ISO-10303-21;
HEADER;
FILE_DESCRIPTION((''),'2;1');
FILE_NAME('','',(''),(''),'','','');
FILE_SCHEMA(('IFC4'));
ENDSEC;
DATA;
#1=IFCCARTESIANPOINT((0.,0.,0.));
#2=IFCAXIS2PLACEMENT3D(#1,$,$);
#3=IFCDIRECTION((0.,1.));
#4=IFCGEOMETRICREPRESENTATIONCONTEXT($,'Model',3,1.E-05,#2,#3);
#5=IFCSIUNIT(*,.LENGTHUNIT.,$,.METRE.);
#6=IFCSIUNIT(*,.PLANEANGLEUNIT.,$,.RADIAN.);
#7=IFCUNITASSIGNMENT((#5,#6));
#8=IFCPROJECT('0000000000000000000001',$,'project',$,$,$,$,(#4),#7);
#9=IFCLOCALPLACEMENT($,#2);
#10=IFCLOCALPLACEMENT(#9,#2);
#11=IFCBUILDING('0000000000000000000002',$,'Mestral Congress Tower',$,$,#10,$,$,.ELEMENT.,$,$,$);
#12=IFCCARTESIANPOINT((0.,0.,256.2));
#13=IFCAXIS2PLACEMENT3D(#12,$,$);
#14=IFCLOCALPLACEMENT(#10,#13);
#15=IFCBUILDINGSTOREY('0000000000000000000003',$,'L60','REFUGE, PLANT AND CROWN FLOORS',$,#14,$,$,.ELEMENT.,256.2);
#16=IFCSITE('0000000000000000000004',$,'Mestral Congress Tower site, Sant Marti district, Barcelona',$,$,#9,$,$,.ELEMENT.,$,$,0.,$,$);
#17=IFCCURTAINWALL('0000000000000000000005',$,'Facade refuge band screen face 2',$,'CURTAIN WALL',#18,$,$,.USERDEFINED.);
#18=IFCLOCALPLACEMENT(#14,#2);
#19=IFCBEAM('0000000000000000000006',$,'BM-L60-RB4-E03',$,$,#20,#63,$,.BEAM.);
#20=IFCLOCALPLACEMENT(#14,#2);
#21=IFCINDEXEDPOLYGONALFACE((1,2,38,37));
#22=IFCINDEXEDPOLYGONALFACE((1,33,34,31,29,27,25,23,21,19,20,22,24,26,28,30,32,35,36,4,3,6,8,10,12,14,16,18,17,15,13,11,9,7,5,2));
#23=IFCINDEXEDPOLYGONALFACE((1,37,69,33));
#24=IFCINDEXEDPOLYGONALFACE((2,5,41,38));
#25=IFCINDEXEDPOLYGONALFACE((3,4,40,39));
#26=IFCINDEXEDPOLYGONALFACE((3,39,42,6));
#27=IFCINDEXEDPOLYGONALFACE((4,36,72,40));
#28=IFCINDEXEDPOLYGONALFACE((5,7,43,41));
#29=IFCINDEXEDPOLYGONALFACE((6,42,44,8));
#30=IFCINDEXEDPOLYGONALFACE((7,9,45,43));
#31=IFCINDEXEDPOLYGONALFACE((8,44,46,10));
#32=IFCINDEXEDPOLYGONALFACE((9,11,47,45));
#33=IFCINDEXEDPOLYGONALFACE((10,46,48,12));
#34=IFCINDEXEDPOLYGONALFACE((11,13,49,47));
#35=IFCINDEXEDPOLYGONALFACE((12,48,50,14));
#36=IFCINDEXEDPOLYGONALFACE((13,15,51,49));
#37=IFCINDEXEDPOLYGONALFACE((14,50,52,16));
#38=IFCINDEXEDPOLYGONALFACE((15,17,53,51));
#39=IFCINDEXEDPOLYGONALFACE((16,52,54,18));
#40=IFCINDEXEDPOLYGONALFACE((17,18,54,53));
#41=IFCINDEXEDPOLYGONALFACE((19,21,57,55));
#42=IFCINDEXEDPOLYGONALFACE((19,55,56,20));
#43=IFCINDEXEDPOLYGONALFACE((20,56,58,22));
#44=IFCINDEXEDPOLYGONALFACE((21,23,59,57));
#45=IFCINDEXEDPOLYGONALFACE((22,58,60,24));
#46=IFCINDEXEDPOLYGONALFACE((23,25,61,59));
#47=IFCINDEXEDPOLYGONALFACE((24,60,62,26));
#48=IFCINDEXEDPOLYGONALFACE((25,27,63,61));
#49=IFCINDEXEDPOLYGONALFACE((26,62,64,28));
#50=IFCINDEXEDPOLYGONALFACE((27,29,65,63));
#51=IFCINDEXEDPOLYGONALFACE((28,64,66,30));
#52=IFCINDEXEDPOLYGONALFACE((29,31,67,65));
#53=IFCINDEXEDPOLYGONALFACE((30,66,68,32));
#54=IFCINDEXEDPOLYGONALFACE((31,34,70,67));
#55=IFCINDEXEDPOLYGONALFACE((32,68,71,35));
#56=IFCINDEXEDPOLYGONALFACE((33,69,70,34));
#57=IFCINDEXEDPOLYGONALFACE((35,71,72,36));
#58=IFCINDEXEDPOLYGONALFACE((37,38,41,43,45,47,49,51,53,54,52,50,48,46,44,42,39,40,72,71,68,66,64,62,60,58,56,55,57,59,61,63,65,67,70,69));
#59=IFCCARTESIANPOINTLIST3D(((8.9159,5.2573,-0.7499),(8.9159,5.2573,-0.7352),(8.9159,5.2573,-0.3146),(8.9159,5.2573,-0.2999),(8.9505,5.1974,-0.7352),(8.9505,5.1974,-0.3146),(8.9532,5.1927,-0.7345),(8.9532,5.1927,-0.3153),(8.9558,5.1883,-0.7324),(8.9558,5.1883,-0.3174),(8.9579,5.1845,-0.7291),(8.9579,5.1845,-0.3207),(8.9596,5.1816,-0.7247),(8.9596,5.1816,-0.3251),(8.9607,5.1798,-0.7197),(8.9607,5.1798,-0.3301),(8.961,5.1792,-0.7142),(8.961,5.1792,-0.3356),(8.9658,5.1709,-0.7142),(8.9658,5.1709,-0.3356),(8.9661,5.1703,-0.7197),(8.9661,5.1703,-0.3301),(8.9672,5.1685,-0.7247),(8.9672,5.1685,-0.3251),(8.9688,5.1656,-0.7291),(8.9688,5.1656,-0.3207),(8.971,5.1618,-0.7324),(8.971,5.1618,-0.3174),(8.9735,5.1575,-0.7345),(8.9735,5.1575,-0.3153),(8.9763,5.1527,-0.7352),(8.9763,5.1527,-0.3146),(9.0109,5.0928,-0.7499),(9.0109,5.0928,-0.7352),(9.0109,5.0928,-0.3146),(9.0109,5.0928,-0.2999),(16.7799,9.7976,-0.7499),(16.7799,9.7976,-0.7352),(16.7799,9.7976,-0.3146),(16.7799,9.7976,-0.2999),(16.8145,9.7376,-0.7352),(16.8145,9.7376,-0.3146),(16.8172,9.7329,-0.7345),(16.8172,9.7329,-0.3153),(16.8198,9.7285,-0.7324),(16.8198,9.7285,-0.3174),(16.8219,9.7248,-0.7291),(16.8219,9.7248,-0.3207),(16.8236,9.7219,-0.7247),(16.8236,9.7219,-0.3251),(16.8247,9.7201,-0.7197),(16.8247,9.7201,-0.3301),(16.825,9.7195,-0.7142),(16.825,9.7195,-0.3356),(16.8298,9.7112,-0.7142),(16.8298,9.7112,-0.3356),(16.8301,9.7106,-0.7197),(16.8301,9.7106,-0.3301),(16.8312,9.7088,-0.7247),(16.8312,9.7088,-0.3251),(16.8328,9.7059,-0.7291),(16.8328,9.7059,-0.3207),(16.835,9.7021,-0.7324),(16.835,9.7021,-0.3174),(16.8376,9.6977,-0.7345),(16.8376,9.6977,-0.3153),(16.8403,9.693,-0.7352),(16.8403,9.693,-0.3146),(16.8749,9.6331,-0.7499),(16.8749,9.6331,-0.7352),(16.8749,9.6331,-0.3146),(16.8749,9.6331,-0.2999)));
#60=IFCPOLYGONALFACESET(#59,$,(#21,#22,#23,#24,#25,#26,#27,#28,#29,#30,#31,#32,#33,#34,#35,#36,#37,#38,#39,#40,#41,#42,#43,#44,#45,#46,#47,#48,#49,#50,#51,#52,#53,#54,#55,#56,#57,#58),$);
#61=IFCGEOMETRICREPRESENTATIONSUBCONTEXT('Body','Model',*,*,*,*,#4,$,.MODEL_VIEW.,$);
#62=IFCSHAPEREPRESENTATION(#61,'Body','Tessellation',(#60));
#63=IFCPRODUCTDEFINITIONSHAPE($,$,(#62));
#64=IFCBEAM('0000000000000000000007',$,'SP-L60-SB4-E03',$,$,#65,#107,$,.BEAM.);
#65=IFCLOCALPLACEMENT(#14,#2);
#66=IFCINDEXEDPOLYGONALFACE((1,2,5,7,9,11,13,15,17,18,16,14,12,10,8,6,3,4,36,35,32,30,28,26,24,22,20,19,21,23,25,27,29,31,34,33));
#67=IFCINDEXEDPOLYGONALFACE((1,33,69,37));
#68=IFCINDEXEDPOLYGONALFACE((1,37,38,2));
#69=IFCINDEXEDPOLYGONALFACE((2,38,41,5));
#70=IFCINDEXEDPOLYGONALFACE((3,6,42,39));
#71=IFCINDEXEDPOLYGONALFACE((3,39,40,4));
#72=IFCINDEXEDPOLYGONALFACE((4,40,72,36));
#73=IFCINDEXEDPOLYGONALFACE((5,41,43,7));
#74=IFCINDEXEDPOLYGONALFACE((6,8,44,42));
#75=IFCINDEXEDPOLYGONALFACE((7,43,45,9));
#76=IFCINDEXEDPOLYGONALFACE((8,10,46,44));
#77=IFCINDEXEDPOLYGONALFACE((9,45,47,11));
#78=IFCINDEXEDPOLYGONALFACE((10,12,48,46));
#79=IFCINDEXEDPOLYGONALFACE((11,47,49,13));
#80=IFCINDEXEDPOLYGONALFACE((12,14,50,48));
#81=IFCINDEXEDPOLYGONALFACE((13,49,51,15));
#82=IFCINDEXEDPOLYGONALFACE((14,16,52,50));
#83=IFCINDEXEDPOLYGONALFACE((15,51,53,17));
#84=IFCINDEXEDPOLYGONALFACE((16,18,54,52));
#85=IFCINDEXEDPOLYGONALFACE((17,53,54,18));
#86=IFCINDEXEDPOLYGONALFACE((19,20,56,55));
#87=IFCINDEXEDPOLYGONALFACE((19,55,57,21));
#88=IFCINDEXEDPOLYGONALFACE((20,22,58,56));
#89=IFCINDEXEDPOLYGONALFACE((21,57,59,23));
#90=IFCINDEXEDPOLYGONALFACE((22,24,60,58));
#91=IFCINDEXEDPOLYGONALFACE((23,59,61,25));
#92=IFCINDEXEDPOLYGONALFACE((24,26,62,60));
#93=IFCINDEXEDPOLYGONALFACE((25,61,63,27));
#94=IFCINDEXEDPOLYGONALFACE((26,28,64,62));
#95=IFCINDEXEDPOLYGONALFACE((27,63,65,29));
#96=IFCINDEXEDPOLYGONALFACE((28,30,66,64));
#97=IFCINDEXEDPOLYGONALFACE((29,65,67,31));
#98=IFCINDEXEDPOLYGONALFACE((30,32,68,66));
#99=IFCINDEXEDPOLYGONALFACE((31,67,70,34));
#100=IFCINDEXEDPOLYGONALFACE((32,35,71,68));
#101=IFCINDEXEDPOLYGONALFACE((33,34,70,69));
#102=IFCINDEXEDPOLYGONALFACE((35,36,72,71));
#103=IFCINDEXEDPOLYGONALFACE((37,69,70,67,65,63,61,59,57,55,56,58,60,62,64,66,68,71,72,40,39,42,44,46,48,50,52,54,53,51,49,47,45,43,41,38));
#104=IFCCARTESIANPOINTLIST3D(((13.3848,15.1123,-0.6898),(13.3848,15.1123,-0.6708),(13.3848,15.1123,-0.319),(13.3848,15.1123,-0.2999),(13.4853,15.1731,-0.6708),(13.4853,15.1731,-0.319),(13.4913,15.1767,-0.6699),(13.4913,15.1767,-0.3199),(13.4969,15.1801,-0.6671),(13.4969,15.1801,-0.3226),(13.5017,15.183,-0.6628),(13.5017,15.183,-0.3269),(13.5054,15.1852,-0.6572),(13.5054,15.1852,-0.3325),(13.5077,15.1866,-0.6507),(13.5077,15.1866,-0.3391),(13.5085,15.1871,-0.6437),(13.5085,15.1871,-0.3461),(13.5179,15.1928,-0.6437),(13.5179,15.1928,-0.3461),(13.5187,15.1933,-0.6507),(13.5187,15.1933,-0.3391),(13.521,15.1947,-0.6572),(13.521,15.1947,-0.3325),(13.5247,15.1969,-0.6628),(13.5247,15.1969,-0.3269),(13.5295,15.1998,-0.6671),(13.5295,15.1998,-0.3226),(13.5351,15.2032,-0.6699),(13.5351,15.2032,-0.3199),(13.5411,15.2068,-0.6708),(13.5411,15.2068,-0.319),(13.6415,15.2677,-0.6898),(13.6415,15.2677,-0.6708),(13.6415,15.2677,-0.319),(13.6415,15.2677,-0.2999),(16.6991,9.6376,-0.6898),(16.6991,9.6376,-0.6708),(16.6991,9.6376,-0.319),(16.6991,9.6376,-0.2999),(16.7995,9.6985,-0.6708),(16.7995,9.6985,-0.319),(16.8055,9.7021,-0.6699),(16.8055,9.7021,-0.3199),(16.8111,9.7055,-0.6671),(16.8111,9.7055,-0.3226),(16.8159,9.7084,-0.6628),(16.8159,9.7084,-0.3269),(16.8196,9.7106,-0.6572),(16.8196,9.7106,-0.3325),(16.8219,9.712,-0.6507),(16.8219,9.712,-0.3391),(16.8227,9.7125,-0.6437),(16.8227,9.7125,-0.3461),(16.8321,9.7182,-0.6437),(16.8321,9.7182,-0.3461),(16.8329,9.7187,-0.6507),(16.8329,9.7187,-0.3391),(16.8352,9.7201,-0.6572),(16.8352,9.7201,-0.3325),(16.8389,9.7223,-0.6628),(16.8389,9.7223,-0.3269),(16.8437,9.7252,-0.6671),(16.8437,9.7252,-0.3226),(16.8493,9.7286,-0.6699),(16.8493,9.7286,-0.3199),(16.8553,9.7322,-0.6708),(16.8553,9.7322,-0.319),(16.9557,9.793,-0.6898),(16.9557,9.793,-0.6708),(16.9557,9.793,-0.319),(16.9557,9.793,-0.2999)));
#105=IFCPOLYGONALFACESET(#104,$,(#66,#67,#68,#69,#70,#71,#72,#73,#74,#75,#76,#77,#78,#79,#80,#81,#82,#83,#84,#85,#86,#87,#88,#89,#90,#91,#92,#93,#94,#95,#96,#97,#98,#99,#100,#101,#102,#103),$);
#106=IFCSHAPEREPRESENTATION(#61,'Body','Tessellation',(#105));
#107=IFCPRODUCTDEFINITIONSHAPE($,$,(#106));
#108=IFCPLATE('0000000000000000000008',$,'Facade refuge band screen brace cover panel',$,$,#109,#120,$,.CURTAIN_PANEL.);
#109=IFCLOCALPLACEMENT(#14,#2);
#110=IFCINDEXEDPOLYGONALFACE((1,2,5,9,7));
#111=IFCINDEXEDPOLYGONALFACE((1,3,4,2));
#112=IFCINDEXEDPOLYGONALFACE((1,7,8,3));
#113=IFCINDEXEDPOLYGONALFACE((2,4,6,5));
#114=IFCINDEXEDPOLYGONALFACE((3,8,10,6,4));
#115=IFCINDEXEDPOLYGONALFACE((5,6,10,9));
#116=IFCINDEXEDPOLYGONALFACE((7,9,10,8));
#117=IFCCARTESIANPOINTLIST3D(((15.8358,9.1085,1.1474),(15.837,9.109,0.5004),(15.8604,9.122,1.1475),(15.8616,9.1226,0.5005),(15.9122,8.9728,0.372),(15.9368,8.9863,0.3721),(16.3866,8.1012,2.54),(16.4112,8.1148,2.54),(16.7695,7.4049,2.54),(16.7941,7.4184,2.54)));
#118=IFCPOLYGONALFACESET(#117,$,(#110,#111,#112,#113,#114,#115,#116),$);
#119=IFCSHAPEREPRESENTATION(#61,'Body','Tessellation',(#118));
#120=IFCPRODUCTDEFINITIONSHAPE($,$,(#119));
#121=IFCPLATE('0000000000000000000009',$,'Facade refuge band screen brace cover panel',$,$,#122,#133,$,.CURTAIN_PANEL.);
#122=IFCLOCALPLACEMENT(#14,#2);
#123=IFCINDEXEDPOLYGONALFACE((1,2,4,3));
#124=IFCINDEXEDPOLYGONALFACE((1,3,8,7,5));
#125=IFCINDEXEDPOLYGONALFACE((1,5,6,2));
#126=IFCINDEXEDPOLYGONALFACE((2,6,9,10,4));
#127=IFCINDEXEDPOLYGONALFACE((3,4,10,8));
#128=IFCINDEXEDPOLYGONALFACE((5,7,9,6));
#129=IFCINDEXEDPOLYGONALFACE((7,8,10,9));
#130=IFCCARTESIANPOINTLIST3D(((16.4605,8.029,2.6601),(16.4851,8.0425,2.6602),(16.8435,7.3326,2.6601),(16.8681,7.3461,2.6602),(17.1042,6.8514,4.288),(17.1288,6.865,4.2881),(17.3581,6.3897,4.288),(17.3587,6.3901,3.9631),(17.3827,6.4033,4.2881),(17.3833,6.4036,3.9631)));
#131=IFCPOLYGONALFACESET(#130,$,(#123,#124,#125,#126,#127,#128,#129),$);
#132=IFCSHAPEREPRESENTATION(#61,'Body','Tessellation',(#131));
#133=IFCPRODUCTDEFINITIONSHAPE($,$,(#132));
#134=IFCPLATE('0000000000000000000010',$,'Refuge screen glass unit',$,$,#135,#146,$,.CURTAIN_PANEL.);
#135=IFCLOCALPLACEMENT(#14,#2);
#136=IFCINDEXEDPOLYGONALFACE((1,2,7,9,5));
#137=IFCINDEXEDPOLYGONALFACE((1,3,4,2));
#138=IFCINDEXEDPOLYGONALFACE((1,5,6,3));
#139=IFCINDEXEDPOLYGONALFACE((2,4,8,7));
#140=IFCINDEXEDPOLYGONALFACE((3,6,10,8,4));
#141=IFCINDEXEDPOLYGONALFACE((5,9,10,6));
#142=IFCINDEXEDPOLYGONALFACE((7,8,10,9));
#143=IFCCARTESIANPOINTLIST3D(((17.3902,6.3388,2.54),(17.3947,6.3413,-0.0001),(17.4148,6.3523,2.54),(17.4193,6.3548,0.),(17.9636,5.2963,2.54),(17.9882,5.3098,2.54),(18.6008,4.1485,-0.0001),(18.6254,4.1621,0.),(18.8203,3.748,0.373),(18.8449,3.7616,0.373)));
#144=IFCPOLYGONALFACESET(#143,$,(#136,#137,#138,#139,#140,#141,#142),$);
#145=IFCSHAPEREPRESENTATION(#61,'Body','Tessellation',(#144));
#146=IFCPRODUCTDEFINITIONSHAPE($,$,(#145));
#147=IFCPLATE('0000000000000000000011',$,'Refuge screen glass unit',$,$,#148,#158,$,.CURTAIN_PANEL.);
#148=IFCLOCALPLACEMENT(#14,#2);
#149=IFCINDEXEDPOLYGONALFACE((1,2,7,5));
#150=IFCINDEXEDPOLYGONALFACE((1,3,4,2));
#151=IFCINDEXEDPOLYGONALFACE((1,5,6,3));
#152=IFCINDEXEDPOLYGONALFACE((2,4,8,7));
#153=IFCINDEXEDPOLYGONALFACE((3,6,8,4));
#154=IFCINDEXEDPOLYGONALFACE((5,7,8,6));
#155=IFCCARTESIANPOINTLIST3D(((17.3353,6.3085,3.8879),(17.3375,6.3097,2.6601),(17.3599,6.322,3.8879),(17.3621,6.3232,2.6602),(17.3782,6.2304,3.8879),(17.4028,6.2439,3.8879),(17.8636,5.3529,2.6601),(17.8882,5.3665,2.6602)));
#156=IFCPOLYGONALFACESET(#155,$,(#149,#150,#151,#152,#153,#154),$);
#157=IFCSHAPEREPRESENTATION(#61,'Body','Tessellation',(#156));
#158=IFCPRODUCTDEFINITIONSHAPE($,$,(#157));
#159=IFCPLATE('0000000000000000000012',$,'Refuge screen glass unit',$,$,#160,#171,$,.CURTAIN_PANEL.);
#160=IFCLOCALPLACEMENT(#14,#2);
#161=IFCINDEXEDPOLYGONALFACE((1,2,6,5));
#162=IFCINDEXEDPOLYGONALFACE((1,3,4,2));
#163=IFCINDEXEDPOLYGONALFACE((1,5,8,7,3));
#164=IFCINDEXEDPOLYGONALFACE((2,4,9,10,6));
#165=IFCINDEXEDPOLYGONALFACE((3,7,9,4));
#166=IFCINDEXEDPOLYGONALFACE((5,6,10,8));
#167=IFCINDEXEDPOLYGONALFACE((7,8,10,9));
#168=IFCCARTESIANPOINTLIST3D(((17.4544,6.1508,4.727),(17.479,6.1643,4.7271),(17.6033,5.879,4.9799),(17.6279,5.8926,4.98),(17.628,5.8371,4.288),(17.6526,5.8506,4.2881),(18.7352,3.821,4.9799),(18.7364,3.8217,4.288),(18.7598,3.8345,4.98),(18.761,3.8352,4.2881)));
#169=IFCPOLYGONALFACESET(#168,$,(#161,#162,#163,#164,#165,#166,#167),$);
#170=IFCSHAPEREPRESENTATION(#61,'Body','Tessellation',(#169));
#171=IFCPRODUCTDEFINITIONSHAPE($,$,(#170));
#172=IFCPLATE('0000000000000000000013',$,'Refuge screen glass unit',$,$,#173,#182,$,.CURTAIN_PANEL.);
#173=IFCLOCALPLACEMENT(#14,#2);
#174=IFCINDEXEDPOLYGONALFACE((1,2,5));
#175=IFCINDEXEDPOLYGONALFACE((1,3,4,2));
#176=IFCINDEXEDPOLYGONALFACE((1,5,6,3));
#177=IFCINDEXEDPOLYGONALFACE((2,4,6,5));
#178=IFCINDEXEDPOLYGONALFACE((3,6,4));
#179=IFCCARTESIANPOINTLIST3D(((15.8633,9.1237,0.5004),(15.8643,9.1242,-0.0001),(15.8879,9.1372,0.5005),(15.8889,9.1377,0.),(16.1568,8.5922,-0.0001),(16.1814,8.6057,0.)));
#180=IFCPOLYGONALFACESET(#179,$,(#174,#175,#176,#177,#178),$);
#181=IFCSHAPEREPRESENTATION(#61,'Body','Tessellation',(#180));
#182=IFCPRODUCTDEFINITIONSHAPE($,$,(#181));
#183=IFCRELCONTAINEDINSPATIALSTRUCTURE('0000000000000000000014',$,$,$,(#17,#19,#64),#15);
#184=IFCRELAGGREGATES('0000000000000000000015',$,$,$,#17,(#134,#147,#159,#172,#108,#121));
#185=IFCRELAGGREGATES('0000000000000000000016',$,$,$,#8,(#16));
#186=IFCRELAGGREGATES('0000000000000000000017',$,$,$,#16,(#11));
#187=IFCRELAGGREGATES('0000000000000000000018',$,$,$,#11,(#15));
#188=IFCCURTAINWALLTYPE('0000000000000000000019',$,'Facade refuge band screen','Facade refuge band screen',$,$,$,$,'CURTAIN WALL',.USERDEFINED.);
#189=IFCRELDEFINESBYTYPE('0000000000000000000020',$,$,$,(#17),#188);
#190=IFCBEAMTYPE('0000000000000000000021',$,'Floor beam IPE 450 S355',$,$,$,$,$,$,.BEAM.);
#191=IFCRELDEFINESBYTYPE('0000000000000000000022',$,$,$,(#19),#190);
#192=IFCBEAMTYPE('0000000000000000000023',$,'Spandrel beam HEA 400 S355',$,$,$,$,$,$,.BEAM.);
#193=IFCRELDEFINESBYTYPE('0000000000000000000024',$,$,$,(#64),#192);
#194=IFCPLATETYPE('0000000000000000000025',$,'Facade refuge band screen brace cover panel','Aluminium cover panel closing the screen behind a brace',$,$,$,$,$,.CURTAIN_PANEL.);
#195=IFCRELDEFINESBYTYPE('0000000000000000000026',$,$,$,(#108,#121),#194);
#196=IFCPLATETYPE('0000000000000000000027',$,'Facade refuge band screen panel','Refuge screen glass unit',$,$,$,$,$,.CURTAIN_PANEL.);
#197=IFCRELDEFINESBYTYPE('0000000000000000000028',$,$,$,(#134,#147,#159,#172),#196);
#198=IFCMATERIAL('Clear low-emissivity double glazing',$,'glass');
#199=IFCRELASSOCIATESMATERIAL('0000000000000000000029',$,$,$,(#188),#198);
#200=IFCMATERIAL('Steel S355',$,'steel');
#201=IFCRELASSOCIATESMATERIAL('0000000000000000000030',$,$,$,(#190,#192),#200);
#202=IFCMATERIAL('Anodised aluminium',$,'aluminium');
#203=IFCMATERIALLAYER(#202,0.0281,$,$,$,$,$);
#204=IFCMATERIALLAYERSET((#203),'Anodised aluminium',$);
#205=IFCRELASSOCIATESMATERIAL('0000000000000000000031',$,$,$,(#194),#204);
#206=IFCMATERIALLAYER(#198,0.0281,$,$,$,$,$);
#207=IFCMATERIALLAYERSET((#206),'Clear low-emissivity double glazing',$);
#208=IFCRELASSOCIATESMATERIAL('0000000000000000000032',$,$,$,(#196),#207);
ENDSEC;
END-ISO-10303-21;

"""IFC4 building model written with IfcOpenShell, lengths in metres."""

from ifc_helpers import new_model, si_unit, direction, frame, origin, origin_2d, place, context, subcontext, project, spatial, polyline, i_section, outline, extrude, material, layer, layer_set, material_profile, profile_set, type_object, element, aggregate, save


model = new_model("IFC4")

# Units and contexts
model_context = context("Model", 3, precision=1e-05, world=origin(), true_north=direction((0.0, 1.0)))
body_context = subcontext(model_context, "Body", "Model", "MODEL_VIEW")
ifc_project = project(units=[si_unit("LENGTHUNIT", "METRE"), si_unit("PLANEANGLEUNIT", "RADIAN")], contexts=[model_context])

# Site, building, storey
site_placement = place(None, origin())
site = spatial("IfcSite", under=ifc_project, at=site_placement, Name="Mestral Congress Tower site, Sant Marti district, Barcelona", CompositionType="ELEMENT", RefElevation=0.0)
building_placement = place(site_placement, origin())
building = spatial("IfcBuilding", under=site, at=building_placement, Name="Mestral Congress Tower", CompositionType="ELEMENT")
storey_placement = place(building_placement, frame((0.0, 0.0, 256.2)))
storey = spatial("IfcBuildingStorey", under=building, at=storey_placement, Name="L60", Description="REFUGE, PLANT AND CROWN FLOORS", CompositionType="ELEMENT", Elevation=256.2)

# Shared definitions
ifc_material_1 = material(Name="Steel S355", Category="steel")

# Curtain wall
ifc_material_2 = material(Name="Clear low-emissivity double glazing", Category="glass")
curtain_wall_type = type_object("IfcCurtainWallType", Name="Facade refuge band screen", Description="Facade refuge band screen", ElementType="CURTAIN WALL", PredefinedType="USERDEFINED", material=ifc_material_2)
curtain_wall_placement = place(storey_placement, origin())
curtain_wall = element("IfcCurtainWall", 1, at=curtain_wall_placement, inside=storey, type_object=curtain_wall_type, Name="Facade refuge band screen face 2", ObjectType="CURTAIN WALL", PredefinedType="USERDEFINED")
ifc_material_3 = material(Name="Anodised aluminium", Category="aluminium")

# Beams
ifc_material_profile_1 = material_profile(ifc_material_1, i_section(OverallWidth=0.1899, OverallDepth=0.45, WebThickness=0.0095, FlangeThickness=0.0146, FilletRadius=0.021, at=origin_2d()), Name="IPE 450")
ifc_profile_set_1 = profile_set([ifc_material_profile_1], Name="Steel S355")
beam_type_1 = type_object("IfcBeamType", Name="Floor beam IPE 450 S355", PredefinedType="BEAM", material=ifc_profile_set_1)
beam_1_placement = place(storey_placement, frame((16.8274, 9.7153, -0.5249), z_axis=(-0.866026, -0.499999, 0.0), x_axis=(0.499999, -0.866026, 0.0)))
element("IfcBeam", 2, at=beam_1_placement, inside=storey, type_object=beam_type_1, Name="BM-L60-RB4-E03", PredefinedType="BEAM", context=body_context, shape_type="SweptSolid", body=[
    extrude(i_section(OverallWidth=0.1899, OverallDepth=0.45, WebThickness=0.0095, FlangeThickness=0.0146, FilletRadius=0.021, at=origin_2d()), origin(), (0.0, 0.0, 1.0), 9.0806),
])
ifc_material_profile_2 = material_profile(ifc_material_1, i_section(OverallWidth=0.3, OverallDepth=0.3899, WebThickness=0.011, FlangeThickness=0.019, FilletRadius=0.0271, at=origin_2d()), Name="HEA 400")
ifc_profile_set_2 = profile_set([ifc_material_profile_2], Name="Steel S355")
beam_type_2 = type_object("IfcBeamType", Name="Spandrel beam HEA 400 S355", PredefinedType="BEAM", material=ifc_profile_set_2)
beam_2_placement = place(storey_placement, frame((16.8274, 9.7153, -0.4949), z_axis=(-0.517875, 0.855456, 0.0), x_axis=(-0.855456, -0.517875, 0.0)))
element("IfcBeam", 3, at=beam_2_placement, inside=storey, type_object=beam_type_2, Name="SP-L60-SB4-E03", PredefinedType="BEAM", context=body_context, shape_type="SweptSolid", body=[
    extrude(i_section(OverallWidth=0.3, OverallDepth=0.3899, WebThickness=0.011, FlangeThickness=0.019, FilletRadius=0.0271, at=origin_2d()), origin(), (0.0, 0.0, 1.0), 6.3997),
])

# Plates
ifc_layer_1 = layer(ifc_material_3, 0.0281)
ifc_layer_set_1 = layer_set([ifc_layer_1], Name="Anodised aluminium")
plate_type_1 = type_object("IfcPlateType", Name="Facade refuge band screen brace cover panel", Description="Aluminium cover panel closing the screen behind a brace", PredefinedType="CURTAIN_PANEL", material=ifc_layer_set_1)
plate_1_placement = place(storey_placement, frame((15.8616, 9.1226, 0.5005), z_axis=(0.876268, 0.48182, 0.001958), x_axis=(0.372705, -0.675237, -0.636511)))
plate_1 = element("IfcPlate", 4, at=plate_1_placement, type_object=plate_type_1, Name="Facade refuge band screen brace cover panel", PredefinedType="CURTAIN_PANEL", context=body_context, shape_type="SweptSolid", body=[
    extrude(outline(polyline([(0.0, 0.0), (0.2018, 0.0), (0.2001, -2.8095), (-0.4129, -2.3037), (-0.4118, -0.499), (0.0, 0.0)])), origin(), (0.0, 0.0, -1.0), 0.0281),
])
plate_2_placement = place(storey_placement, frame((16.4851, 8.0425, 2.6602), z_axis=(0.876235, 0.481879, 0.002065), x_axis=(0.48188, -0.876237, 0.0)))
plate_2 = element("IfcPlate", 5, at=plate_2_placement, type_object=plate_type_1, Name="Facade refuge band screen brace cover panel", PredefinedType="CURTAIN_PANEL", context=body_context, shape_type="SweptSolid", body=[
    extrude(outline(polyline([(0.0, 0.0), (0.7947, 0.0), (1.8689, -1.303), (1.8689, -1.6279), (1.342, -1.6279), (0.0, 0.0)])), origin(), (0.0, 0.0, -1.0), 0.0281),
])
ifc_layer_2 = layer(ifc_material_2, 0.0281)
ifc_layer_set_2 = layer_set([ifc_layer_2], Name="Clear low-emissivity double glazing")
plate_type_2 = type_object("IfcPlateType", Name="Facade refuge band screen panel", Description="Refuge screen glass unit", PredefinedType="CURTAIN_PANEL", material=ifc_layer_set_2)
plate_3_placement = place(storey_placement, frame((17.4148, 6.3523, 2.54), z_axis=(0.876191, 0.481961, 0.002025), x_axis=(0.00177, 0.000983, -0.999998)))
plate_3 = element("IfcPlate", 6, at=plate_3_placement, type_object=plate_type_2, Name="Refuge screen glass unit", PredefinedType="CURTAIN_PANEL", context=body_context, shape_type="SweptSolid", body=[
    extrude(outline(polyline([(0.0, 0.0), (2.54, 0.0), (2.54, -2.5026), (2.167, -2.9592), (0.0, -1.1898), (0.0, 0.0)])), origin(), (0.0, 0.0, -1.0), 0.0281),
])
plate_4_placement = place(storey_placement, frame((17.4028, 6.2439, 3.8879), z_axis=(0.876253, 0.481846, 0.002041), x_axis=(-0.481847, 0.876255, 0.0)))
plate_4 = element("IfcPlate", 7, at=plate_4_placement, type_object=plate_type_2, Name="Refuge screen glass unit", PredefinedType="CURTAIN_PANEL", context=body_context, shape_type="SweptSolid", body=[
    extrude(outline(polyline([(0.0, 0.0), (0.0892, 0.0), (0.0892, -1.2278), (-1.0027, -1.2278), (0.0, 0.0)])), origin(), (0.0, 0.0, -1.0), 0.0281),
])
plate_5_placement = place(storey_placement, frame((17.6526, 5.8506, 4.2881), z_axis=(0.876226, 0.481897, 0.002015), x_axis=(0.481898, -0.876228, 0.0)))
plate_5 = element("IfcPlate", 8, at=plate_5_placement, type_object=plate_type_2, Name="Refuge screen glass unit", PredefinedType="CURTAIN_PANEL", context=body_context, shape_type="SweptSolid", body=[
    extrude(outline(polyline([(0.0, 0.0), (2.3001, 0.0), (2.3001, -0.6919), (-0.0487, -0.6919), (-0.3585, -0.439), (0.0, 0.0)])), origin(), (0.0, 0.0, -1.0), 0.0281),
])
plate_6_placement = place(storey_placement, frame((15.8889, 9.1377, 0.0), z_axis=(0.87629, 0.481779, 0.00218), x_axis=(0.48178, -0.876292, 0.0)))
plate_6 = element("IfcPlate", 9, at=plate_6_placement, type_object=plate_type_2, Name="Refuge screen glass unit", PredefinedType="CURTAIN_PANEL", context=body_context, shape_type="SweptSolid", body=[
    extrude(outline(polyline([(0.0, 0.0), (0.6071, 0.0), (0.0, -0.5005), (0.0, 0.0)])), origin(), (0.0, 0.0, -1.0), 0.0281),
])
aggregate(curtain_wall, [plate_3, plate_4, plate_5, plate_6, plate_1, plate_2])

save(model, "model.ifc")
